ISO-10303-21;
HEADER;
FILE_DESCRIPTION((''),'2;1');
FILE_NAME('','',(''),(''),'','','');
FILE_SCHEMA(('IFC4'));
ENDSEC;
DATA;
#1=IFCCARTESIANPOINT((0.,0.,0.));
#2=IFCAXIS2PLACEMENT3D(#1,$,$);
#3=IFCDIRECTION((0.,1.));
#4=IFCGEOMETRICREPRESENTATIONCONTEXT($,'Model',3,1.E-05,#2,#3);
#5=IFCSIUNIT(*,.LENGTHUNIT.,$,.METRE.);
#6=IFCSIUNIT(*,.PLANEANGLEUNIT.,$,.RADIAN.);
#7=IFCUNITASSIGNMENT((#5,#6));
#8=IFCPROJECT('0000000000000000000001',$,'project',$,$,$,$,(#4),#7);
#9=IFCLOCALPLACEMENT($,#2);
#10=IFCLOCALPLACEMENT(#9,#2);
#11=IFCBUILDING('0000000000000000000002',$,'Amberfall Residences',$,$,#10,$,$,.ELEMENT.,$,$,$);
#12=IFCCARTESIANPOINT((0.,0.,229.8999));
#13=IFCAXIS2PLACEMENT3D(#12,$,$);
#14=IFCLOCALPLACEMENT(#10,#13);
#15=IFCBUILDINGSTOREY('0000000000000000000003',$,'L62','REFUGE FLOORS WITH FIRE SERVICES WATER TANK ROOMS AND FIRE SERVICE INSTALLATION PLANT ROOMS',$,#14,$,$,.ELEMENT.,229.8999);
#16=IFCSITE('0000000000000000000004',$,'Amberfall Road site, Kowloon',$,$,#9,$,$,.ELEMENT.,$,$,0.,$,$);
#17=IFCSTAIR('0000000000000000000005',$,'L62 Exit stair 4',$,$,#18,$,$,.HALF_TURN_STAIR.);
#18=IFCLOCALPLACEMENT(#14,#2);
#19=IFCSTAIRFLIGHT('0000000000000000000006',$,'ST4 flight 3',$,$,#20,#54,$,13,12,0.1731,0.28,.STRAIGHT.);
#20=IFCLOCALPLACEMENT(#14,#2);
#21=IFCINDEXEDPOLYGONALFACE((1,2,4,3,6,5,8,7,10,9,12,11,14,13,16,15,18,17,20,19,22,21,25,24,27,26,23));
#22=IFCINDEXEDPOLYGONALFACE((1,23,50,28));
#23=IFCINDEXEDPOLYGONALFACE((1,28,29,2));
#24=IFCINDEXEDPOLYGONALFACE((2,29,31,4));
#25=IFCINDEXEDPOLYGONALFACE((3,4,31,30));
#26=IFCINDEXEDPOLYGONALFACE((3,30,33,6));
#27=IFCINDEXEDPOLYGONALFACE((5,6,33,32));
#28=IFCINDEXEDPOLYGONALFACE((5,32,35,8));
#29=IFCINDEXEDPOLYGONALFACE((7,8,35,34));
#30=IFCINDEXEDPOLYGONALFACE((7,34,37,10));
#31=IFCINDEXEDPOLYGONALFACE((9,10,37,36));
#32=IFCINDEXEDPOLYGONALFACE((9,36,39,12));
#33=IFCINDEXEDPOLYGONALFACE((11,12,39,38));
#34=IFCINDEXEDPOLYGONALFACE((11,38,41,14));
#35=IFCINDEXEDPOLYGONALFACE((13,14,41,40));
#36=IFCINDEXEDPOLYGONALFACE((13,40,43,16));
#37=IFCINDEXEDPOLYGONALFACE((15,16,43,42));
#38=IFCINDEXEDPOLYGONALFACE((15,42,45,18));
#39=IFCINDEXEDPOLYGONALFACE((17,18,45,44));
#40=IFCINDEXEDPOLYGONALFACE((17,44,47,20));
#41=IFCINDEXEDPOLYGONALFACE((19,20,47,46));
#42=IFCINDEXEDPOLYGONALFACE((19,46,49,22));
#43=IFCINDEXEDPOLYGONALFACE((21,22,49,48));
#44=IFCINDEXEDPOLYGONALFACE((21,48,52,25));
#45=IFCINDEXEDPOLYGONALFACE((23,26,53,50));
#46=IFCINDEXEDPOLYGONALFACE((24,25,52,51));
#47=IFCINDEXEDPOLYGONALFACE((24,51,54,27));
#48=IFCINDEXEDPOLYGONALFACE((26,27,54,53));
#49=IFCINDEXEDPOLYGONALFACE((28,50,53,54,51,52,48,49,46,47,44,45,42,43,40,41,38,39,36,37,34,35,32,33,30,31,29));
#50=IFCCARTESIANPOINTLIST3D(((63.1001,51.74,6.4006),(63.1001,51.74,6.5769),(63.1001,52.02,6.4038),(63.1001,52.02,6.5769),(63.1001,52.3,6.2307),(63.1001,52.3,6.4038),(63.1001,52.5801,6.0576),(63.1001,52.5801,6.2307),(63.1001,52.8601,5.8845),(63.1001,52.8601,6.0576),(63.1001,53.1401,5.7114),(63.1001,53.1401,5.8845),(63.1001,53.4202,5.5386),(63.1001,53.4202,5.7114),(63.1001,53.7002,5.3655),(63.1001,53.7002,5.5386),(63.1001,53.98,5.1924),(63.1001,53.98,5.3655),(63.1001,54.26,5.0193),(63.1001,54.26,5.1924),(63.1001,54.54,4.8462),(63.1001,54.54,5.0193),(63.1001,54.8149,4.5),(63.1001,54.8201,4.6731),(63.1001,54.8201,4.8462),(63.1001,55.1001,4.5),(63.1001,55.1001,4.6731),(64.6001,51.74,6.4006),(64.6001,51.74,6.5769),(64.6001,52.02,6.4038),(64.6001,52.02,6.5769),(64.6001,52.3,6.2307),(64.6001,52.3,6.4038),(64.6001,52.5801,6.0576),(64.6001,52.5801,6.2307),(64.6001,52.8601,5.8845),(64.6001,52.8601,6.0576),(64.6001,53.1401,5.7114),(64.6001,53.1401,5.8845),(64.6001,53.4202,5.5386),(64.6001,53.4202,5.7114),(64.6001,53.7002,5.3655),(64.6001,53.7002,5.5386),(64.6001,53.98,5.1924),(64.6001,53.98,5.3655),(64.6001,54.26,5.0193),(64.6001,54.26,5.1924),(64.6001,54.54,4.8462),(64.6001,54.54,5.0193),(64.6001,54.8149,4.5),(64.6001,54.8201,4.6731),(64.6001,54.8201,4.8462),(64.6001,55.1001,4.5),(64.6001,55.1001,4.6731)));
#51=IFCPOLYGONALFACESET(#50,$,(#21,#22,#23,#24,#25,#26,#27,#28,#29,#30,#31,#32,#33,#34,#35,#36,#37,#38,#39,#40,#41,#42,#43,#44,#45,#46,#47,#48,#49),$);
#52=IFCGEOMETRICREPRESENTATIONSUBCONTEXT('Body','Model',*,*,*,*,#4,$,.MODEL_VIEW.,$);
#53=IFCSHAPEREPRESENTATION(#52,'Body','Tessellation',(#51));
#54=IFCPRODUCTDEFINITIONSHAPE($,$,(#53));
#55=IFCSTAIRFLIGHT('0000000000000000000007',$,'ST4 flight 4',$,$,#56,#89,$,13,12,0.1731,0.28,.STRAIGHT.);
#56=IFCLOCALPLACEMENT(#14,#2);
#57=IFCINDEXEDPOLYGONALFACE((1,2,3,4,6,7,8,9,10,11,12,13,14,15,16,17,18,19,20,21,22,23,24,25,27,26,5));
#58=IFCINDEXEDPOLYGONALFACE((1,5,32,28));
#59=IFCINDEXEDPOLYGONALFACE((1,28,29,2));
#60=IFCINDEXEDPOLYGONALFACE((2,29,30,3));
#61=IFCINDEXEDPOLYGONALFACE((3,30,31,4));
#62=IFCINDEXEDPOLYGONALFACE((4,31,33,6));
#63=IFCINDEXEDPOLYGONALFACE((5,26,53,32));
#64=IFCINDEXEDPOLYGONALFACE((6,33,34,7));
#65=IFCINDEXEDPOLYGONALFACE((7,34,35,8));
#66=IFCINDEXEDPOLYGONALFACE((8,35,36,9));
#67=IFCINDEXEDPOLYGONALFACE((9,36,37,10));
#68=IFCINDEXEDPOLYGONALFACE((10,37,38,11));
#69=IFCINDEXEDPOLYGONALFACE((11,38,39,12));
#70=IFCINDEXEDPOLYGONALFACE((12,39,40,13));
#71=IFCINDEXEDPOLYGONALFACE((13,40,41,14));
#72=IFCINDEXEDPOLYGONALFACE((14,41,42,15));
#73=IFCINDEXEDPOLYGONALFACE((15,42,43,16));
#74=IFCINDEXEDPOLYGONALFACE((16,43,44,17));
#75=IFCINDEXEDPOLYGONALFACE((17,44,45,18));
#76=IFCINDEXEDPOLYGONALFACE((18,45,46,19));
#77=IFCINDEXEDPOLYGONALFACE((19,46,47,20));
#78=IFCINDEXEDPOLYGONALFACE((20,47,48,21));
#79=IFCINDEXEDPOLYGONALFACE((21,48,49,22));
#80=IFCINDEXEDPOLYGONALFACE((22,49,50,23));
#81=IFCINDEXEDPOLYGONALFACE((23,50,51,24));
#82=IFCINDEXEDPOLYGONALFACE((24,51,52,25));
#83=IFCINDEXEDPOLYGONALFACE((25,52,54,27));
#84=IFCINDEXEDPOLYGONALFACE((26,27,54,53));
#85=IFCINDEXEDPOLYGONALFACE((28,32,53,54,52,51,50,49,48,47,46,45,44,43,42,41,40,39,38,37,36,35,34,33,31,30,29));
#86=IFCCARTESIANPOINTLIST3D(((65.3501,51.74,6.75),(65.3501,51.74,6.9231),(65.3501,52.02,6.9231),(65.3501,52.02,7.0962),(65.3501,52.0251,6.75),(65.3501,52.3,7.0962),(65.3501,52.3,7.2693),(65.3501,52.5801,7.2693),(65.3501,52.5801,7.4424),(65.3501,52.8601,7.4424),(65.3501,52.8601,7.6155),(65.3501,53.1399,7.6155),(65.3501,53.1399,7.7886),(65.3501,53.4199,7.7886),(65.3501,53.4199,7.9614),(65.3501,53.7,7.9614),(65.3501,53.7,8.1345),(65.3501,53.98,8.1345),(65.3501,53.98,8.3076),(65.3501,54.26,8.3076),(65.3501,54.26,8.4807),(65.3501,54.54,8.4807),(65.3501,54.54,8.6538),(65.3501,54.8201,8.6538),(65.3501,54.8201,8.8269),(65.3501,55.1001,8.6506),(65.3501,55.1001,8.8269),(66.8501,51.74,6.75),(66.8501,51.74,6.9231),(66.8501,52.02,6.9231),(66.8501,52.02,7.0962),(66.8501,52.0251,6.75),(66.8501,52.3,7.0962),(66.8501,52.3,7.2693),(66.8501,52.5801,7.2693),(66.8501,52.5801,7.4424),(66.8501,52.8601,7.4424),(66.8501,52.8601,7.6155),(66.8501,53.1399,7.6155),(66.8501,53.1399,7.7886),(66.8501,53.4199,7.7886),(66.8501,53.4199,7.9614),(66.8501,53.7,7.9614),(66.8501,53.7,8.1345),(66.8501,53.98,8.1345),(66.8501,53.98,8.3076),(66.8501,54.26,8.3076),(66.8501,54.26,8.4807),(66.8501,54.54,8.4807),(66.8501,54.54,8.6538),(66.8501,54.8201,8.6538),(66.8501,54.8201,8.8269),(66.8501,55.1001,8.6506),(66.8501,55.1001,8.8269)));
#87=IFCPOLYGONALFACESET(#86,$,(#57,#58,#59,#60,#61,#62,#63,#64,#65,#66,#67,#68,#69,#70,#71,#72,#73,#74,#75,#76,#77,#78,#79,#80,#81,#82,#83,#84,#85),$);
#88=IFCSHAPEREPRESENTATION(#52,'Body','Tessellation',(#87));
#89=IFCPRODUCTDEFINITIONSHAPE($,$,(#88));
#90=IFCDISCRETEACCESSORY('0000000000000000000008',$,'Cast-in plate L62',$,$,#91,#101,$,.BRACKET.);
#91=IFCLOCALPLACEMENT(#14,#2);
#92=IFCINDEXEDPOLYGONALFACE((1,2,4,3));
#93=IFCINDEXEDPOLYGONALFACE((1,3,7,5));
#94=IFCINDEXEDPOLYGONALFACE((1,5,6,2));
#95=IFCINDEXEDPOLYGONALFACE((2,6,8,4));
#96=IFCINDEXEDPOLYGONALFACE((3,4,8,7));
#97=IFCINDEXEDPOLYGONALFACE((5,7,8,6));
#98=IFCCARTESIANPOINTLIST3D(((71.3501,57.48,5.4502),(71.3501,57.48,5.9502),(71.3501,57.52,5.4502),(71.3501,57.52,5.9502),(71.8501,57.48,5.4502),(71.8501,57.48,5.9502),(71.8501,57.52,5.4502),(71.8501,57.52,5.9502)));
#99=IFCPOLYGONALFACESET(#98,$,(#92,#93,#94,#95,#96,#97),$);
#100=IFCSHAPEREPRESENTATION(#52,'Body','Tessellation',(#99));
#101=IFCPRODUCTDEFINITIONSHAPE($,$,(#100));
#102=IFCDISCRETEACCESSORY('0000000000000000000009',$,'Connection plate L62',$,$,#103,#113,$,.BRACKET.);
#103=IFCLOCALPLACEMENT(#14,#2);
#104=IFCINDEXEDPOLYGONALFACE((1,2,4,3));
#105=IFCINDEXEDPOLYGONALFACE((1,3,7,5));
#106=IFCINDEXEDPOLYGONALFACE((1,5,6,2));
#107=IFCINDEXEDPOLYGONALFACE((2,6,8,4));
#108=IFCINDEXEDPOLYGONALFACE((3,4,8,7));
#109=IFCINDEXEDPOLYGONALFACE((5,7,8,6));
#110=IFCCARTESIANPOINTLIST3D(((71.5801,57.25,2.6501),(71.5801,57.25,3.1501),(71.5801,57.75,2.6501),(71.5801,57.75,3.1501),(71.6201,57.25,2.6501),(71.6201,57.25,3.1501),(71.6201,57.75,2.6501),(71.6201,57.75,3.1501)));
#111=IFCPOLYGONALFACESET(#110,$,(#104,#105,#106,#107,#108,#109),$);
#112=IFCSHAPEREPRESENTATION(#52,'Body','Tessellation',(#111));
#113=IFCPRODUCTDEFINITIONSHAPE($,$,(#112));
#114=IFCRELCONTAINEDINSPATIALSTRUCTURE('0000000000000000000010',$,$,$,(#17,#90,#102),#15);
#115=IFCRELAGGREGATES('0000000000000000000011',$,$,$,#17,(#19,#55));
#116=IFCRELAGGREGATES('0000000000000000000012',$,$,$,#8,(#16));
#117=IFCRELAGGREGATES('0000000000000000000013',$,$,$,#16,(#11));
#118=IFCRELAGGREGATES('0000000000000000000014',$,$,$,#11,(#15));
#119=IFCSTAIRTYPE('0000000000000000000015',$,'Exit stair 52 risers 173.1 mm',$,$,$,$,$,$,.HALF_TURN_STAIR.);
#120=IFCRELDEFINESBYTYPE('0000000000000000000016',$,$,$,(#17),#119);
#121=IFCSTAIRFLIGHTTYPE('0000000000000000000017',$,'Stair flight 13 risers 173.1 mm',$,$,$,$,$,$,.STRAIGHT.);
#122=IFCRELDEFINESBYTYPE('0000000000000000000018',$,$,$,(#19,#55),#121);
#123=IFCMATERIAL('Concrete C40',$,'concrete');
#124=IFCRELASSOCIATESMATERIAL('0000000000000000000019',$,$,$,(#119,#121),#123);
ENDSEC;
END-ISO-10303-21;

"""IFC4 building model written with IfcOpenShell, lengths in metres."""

from ifc_helpers import new_model, si_unit, direction, frame, origin, origin_2d, place, context, subcontext, project, spatial, polyline, rectangle, outline, extrude, material, type_object, element, aggregate, save


model = new_model("IFC4")

# Units and contexts
model_context = context("Model", 3, precision=1e-05, world=origin(), true_north=direction((0.0, 1.0)))
body_context = subcontext(model_context, "Body", "Model", "MODEL_VIEW")
ifc_project = project(units=[si_unit("LENGTHUNIT", "METRE"), si_unit("PLANEANGLEUNIT", "RADIAN")], contexts=[model_context])

# Site, building, storey
site_placement = place(None, origin())
site = spatial("IfcSite", under=ifc_project, at=site_placement, Name="Amberfall Road site, Kowloon", CompositionType="ELEMENT", RefElevation=0.0)
building_placement = place(site_placement, origin())
building = spatial("IfcBuilding", under=site, at=building_placement, Name="Amberfall Residences", CompositionType="ELEMENT")
storey_placement = place(building_placement, frame((0.0, 0.0, 229.8999)))
storey = spatial("IfcBuildingStorey", under=building, at=storey_placement, Name="L62", Description="REFUGE FLOORS WITH FIRE SERVICES WATER TANK ROOMS AND FIRE SERVICE INSTALLATION PLANT ROOMS", CompositionType="ELEMENT", Elevation=229.8999)

# Shared definitions
ifc_material_1 = material(Name="Concrete C40", Category="concrete")

# Stair, stair flights
stair_type = type_object("IfcStairType", Name="Exit stair 52 risers 173.1 mm", PredefinedType="HALF_TURN_STAIR", material=ifc_material_1)
stair_placement = place(storey_placement, origin())
stair = element("IfcStair", 1, at=stair_placement, inside=storey, type_object=stair_type, Name="L62 Exit stair 4", PredefinedType="HALF_TURN_STAIR")
stair_flight_type = type_object("IfcStairFlightType", Name="Stair flight 13 risers 173.1 mm", PredefinedType="STRAIGHT", material=ifc_material_1)
stair_flight_1_placement = place(storey_placement, frame((63.8501, 55.1001, 4.5), z_axis=(0.0, 0.0, 1.0), x_axis=(0.0, -1.0, 0.0)))
stair_flight_1 = element("IfcStairFlight", 2, at=stair_flight_1_placement, type_object=stair_flight_type, Name="ST4 flight 3", NumberOfRisers=13, NumberOfTreads=12, PredefinedType="STRAIGHT", RiserHeight=0.1731, TreadLength=0.28, context=body_context, shape_type="SweptSolid", body=[
    extrude(outline(polyline([(0.0, 0.0), (0.0, 0.1731), (0.28, 0.1731), (0.28, 0.3462), (0.5601, 0.3462), (0.5601, 0.5193), (0.8401, 0.5193), (0.8401, 0.6924), (1.1201, 0.6924), (1.1201, 0.8655), (1.3999, 0.8655), (1.3999, 1.0386), (1.6799, 1.0386), (1.6799, 1.2114), (1.96, 1.2114), (1.96, 1.3845), (2.24, 1.3845), (2.24, 1.5576), (2.52, 1.5576), (2.52, 1.7307), (2.8, 1.7307), (2.8, 1.9038), (3.0801, 1.9038), (3.0801, 2.0769), (3.3601, 2.0769), (3.3601, 2.25), (3.3601, 1.9006), (0.2852, 0.0), (0.0, 0.0)])), frame((0.0, 0.75, 0.0), z_axis=(0.0, -1.0, 0.0), x_axis=(1.0, 0.0, 0.0)), (0.0, 0.0, 1.0), 1.5),
])
stair_flight_2_placement = place(storey_placement, frame((66.1001, 51.74, 6.75), z_axis=(0.0, 0.0, 1.0), x_axis=(0.0, 1.0, 0.0)))
stair_flight_2 = element("IfcStairFlight", 3, at=stair_flight_2_placement, type_object=stair_flight_type, Name="ST4 flight 4", NumberOfRisers=13, NumberOfTreads=12, PredefinedType="STRAIGHT", RiserHeight=0.1731, TreadLength=0.28, context=body_context, shape_type="SweptSolid", body=[
    extrude(outline(polyline([(0.0, 0.0), (0.0, 0.1731), (0.28, 0.1731), (0.28, 0.3462), (0.5601, 0.3462), (0.5601, 0.5193), (0.8401, 0.5193), (0.8401, 0.6924), (1.1201, 0.6924), (1.1201, 0.8655), (1.3999, 0.8655), (1.3999, 1.0386), (1.6799, 1.0386), (1.6799, 1.2114), (1.96, 1.2114), (1.96, 1.3845), (2.24, 1.3845), (2.24, 1.5576), (2.52, 1.5576), (2.52, 1.7307), (2.8, 1.7307), (2.8, 1.9038), (3.0801, 1.9038), (3.0801, 2.0769), (3.3601, 2.0769), (3.3601, 2.25), (3.3601, 1.9006), (0.2852, 0.0), (0.0, 0.0)])), frame((0.0, 0.75, 0.0), z_axis=(0.0, -1.0, 0.0), x_axis=(1.0, 0.0, 0.0)), (0.0, 0.0, 1.0), 1.5),
])
aggregate(stair, [stair_flight_1, stair_flight_2])

# Discrete accessories
discrete_accessory_1_placement = place(storey_placement, frame((71.6001, 57.5, 5.4502), z_axis=(0.0, 0.0, 1.0), x_axis=(0.0, 1.0, 0.0)))
element("IfcDiscreteAccessory", 4, at=discrete_accessory_1_placement, inside=storey, Name="Cast-in plate L62", PredefinedType="BRACKET", context=body_context, shape_type="SweptSolid", body=[
    extrude(rectangle(XDim=0.04, YDim=0.5, at=origin_2d()), origin(), (0.0, 0.0, 1.0), 0.5),
])
discrete_accessory_2_placement = place(storey_placement, frame((71.6001, 57.5, 2.6501), z_axis=(0.0, 0.0, 1.0), x_axis=(0.0, 1.0, 0.0)))
element("IfcDiscreteAccessory", 5, at=discrete_accessory_2_placement, inside=storey, Name="Connection plate L62", PredefinedType="BRACKET", context=body_context, shape_type="SweptSolid", body=[
    extrude(rectangle(XDim=0.5, YDim=0.04, at=origin_2d()), origin(), (0.0, 0.0, 1.0), 0.5),
])

save(model, "model.ifc")
